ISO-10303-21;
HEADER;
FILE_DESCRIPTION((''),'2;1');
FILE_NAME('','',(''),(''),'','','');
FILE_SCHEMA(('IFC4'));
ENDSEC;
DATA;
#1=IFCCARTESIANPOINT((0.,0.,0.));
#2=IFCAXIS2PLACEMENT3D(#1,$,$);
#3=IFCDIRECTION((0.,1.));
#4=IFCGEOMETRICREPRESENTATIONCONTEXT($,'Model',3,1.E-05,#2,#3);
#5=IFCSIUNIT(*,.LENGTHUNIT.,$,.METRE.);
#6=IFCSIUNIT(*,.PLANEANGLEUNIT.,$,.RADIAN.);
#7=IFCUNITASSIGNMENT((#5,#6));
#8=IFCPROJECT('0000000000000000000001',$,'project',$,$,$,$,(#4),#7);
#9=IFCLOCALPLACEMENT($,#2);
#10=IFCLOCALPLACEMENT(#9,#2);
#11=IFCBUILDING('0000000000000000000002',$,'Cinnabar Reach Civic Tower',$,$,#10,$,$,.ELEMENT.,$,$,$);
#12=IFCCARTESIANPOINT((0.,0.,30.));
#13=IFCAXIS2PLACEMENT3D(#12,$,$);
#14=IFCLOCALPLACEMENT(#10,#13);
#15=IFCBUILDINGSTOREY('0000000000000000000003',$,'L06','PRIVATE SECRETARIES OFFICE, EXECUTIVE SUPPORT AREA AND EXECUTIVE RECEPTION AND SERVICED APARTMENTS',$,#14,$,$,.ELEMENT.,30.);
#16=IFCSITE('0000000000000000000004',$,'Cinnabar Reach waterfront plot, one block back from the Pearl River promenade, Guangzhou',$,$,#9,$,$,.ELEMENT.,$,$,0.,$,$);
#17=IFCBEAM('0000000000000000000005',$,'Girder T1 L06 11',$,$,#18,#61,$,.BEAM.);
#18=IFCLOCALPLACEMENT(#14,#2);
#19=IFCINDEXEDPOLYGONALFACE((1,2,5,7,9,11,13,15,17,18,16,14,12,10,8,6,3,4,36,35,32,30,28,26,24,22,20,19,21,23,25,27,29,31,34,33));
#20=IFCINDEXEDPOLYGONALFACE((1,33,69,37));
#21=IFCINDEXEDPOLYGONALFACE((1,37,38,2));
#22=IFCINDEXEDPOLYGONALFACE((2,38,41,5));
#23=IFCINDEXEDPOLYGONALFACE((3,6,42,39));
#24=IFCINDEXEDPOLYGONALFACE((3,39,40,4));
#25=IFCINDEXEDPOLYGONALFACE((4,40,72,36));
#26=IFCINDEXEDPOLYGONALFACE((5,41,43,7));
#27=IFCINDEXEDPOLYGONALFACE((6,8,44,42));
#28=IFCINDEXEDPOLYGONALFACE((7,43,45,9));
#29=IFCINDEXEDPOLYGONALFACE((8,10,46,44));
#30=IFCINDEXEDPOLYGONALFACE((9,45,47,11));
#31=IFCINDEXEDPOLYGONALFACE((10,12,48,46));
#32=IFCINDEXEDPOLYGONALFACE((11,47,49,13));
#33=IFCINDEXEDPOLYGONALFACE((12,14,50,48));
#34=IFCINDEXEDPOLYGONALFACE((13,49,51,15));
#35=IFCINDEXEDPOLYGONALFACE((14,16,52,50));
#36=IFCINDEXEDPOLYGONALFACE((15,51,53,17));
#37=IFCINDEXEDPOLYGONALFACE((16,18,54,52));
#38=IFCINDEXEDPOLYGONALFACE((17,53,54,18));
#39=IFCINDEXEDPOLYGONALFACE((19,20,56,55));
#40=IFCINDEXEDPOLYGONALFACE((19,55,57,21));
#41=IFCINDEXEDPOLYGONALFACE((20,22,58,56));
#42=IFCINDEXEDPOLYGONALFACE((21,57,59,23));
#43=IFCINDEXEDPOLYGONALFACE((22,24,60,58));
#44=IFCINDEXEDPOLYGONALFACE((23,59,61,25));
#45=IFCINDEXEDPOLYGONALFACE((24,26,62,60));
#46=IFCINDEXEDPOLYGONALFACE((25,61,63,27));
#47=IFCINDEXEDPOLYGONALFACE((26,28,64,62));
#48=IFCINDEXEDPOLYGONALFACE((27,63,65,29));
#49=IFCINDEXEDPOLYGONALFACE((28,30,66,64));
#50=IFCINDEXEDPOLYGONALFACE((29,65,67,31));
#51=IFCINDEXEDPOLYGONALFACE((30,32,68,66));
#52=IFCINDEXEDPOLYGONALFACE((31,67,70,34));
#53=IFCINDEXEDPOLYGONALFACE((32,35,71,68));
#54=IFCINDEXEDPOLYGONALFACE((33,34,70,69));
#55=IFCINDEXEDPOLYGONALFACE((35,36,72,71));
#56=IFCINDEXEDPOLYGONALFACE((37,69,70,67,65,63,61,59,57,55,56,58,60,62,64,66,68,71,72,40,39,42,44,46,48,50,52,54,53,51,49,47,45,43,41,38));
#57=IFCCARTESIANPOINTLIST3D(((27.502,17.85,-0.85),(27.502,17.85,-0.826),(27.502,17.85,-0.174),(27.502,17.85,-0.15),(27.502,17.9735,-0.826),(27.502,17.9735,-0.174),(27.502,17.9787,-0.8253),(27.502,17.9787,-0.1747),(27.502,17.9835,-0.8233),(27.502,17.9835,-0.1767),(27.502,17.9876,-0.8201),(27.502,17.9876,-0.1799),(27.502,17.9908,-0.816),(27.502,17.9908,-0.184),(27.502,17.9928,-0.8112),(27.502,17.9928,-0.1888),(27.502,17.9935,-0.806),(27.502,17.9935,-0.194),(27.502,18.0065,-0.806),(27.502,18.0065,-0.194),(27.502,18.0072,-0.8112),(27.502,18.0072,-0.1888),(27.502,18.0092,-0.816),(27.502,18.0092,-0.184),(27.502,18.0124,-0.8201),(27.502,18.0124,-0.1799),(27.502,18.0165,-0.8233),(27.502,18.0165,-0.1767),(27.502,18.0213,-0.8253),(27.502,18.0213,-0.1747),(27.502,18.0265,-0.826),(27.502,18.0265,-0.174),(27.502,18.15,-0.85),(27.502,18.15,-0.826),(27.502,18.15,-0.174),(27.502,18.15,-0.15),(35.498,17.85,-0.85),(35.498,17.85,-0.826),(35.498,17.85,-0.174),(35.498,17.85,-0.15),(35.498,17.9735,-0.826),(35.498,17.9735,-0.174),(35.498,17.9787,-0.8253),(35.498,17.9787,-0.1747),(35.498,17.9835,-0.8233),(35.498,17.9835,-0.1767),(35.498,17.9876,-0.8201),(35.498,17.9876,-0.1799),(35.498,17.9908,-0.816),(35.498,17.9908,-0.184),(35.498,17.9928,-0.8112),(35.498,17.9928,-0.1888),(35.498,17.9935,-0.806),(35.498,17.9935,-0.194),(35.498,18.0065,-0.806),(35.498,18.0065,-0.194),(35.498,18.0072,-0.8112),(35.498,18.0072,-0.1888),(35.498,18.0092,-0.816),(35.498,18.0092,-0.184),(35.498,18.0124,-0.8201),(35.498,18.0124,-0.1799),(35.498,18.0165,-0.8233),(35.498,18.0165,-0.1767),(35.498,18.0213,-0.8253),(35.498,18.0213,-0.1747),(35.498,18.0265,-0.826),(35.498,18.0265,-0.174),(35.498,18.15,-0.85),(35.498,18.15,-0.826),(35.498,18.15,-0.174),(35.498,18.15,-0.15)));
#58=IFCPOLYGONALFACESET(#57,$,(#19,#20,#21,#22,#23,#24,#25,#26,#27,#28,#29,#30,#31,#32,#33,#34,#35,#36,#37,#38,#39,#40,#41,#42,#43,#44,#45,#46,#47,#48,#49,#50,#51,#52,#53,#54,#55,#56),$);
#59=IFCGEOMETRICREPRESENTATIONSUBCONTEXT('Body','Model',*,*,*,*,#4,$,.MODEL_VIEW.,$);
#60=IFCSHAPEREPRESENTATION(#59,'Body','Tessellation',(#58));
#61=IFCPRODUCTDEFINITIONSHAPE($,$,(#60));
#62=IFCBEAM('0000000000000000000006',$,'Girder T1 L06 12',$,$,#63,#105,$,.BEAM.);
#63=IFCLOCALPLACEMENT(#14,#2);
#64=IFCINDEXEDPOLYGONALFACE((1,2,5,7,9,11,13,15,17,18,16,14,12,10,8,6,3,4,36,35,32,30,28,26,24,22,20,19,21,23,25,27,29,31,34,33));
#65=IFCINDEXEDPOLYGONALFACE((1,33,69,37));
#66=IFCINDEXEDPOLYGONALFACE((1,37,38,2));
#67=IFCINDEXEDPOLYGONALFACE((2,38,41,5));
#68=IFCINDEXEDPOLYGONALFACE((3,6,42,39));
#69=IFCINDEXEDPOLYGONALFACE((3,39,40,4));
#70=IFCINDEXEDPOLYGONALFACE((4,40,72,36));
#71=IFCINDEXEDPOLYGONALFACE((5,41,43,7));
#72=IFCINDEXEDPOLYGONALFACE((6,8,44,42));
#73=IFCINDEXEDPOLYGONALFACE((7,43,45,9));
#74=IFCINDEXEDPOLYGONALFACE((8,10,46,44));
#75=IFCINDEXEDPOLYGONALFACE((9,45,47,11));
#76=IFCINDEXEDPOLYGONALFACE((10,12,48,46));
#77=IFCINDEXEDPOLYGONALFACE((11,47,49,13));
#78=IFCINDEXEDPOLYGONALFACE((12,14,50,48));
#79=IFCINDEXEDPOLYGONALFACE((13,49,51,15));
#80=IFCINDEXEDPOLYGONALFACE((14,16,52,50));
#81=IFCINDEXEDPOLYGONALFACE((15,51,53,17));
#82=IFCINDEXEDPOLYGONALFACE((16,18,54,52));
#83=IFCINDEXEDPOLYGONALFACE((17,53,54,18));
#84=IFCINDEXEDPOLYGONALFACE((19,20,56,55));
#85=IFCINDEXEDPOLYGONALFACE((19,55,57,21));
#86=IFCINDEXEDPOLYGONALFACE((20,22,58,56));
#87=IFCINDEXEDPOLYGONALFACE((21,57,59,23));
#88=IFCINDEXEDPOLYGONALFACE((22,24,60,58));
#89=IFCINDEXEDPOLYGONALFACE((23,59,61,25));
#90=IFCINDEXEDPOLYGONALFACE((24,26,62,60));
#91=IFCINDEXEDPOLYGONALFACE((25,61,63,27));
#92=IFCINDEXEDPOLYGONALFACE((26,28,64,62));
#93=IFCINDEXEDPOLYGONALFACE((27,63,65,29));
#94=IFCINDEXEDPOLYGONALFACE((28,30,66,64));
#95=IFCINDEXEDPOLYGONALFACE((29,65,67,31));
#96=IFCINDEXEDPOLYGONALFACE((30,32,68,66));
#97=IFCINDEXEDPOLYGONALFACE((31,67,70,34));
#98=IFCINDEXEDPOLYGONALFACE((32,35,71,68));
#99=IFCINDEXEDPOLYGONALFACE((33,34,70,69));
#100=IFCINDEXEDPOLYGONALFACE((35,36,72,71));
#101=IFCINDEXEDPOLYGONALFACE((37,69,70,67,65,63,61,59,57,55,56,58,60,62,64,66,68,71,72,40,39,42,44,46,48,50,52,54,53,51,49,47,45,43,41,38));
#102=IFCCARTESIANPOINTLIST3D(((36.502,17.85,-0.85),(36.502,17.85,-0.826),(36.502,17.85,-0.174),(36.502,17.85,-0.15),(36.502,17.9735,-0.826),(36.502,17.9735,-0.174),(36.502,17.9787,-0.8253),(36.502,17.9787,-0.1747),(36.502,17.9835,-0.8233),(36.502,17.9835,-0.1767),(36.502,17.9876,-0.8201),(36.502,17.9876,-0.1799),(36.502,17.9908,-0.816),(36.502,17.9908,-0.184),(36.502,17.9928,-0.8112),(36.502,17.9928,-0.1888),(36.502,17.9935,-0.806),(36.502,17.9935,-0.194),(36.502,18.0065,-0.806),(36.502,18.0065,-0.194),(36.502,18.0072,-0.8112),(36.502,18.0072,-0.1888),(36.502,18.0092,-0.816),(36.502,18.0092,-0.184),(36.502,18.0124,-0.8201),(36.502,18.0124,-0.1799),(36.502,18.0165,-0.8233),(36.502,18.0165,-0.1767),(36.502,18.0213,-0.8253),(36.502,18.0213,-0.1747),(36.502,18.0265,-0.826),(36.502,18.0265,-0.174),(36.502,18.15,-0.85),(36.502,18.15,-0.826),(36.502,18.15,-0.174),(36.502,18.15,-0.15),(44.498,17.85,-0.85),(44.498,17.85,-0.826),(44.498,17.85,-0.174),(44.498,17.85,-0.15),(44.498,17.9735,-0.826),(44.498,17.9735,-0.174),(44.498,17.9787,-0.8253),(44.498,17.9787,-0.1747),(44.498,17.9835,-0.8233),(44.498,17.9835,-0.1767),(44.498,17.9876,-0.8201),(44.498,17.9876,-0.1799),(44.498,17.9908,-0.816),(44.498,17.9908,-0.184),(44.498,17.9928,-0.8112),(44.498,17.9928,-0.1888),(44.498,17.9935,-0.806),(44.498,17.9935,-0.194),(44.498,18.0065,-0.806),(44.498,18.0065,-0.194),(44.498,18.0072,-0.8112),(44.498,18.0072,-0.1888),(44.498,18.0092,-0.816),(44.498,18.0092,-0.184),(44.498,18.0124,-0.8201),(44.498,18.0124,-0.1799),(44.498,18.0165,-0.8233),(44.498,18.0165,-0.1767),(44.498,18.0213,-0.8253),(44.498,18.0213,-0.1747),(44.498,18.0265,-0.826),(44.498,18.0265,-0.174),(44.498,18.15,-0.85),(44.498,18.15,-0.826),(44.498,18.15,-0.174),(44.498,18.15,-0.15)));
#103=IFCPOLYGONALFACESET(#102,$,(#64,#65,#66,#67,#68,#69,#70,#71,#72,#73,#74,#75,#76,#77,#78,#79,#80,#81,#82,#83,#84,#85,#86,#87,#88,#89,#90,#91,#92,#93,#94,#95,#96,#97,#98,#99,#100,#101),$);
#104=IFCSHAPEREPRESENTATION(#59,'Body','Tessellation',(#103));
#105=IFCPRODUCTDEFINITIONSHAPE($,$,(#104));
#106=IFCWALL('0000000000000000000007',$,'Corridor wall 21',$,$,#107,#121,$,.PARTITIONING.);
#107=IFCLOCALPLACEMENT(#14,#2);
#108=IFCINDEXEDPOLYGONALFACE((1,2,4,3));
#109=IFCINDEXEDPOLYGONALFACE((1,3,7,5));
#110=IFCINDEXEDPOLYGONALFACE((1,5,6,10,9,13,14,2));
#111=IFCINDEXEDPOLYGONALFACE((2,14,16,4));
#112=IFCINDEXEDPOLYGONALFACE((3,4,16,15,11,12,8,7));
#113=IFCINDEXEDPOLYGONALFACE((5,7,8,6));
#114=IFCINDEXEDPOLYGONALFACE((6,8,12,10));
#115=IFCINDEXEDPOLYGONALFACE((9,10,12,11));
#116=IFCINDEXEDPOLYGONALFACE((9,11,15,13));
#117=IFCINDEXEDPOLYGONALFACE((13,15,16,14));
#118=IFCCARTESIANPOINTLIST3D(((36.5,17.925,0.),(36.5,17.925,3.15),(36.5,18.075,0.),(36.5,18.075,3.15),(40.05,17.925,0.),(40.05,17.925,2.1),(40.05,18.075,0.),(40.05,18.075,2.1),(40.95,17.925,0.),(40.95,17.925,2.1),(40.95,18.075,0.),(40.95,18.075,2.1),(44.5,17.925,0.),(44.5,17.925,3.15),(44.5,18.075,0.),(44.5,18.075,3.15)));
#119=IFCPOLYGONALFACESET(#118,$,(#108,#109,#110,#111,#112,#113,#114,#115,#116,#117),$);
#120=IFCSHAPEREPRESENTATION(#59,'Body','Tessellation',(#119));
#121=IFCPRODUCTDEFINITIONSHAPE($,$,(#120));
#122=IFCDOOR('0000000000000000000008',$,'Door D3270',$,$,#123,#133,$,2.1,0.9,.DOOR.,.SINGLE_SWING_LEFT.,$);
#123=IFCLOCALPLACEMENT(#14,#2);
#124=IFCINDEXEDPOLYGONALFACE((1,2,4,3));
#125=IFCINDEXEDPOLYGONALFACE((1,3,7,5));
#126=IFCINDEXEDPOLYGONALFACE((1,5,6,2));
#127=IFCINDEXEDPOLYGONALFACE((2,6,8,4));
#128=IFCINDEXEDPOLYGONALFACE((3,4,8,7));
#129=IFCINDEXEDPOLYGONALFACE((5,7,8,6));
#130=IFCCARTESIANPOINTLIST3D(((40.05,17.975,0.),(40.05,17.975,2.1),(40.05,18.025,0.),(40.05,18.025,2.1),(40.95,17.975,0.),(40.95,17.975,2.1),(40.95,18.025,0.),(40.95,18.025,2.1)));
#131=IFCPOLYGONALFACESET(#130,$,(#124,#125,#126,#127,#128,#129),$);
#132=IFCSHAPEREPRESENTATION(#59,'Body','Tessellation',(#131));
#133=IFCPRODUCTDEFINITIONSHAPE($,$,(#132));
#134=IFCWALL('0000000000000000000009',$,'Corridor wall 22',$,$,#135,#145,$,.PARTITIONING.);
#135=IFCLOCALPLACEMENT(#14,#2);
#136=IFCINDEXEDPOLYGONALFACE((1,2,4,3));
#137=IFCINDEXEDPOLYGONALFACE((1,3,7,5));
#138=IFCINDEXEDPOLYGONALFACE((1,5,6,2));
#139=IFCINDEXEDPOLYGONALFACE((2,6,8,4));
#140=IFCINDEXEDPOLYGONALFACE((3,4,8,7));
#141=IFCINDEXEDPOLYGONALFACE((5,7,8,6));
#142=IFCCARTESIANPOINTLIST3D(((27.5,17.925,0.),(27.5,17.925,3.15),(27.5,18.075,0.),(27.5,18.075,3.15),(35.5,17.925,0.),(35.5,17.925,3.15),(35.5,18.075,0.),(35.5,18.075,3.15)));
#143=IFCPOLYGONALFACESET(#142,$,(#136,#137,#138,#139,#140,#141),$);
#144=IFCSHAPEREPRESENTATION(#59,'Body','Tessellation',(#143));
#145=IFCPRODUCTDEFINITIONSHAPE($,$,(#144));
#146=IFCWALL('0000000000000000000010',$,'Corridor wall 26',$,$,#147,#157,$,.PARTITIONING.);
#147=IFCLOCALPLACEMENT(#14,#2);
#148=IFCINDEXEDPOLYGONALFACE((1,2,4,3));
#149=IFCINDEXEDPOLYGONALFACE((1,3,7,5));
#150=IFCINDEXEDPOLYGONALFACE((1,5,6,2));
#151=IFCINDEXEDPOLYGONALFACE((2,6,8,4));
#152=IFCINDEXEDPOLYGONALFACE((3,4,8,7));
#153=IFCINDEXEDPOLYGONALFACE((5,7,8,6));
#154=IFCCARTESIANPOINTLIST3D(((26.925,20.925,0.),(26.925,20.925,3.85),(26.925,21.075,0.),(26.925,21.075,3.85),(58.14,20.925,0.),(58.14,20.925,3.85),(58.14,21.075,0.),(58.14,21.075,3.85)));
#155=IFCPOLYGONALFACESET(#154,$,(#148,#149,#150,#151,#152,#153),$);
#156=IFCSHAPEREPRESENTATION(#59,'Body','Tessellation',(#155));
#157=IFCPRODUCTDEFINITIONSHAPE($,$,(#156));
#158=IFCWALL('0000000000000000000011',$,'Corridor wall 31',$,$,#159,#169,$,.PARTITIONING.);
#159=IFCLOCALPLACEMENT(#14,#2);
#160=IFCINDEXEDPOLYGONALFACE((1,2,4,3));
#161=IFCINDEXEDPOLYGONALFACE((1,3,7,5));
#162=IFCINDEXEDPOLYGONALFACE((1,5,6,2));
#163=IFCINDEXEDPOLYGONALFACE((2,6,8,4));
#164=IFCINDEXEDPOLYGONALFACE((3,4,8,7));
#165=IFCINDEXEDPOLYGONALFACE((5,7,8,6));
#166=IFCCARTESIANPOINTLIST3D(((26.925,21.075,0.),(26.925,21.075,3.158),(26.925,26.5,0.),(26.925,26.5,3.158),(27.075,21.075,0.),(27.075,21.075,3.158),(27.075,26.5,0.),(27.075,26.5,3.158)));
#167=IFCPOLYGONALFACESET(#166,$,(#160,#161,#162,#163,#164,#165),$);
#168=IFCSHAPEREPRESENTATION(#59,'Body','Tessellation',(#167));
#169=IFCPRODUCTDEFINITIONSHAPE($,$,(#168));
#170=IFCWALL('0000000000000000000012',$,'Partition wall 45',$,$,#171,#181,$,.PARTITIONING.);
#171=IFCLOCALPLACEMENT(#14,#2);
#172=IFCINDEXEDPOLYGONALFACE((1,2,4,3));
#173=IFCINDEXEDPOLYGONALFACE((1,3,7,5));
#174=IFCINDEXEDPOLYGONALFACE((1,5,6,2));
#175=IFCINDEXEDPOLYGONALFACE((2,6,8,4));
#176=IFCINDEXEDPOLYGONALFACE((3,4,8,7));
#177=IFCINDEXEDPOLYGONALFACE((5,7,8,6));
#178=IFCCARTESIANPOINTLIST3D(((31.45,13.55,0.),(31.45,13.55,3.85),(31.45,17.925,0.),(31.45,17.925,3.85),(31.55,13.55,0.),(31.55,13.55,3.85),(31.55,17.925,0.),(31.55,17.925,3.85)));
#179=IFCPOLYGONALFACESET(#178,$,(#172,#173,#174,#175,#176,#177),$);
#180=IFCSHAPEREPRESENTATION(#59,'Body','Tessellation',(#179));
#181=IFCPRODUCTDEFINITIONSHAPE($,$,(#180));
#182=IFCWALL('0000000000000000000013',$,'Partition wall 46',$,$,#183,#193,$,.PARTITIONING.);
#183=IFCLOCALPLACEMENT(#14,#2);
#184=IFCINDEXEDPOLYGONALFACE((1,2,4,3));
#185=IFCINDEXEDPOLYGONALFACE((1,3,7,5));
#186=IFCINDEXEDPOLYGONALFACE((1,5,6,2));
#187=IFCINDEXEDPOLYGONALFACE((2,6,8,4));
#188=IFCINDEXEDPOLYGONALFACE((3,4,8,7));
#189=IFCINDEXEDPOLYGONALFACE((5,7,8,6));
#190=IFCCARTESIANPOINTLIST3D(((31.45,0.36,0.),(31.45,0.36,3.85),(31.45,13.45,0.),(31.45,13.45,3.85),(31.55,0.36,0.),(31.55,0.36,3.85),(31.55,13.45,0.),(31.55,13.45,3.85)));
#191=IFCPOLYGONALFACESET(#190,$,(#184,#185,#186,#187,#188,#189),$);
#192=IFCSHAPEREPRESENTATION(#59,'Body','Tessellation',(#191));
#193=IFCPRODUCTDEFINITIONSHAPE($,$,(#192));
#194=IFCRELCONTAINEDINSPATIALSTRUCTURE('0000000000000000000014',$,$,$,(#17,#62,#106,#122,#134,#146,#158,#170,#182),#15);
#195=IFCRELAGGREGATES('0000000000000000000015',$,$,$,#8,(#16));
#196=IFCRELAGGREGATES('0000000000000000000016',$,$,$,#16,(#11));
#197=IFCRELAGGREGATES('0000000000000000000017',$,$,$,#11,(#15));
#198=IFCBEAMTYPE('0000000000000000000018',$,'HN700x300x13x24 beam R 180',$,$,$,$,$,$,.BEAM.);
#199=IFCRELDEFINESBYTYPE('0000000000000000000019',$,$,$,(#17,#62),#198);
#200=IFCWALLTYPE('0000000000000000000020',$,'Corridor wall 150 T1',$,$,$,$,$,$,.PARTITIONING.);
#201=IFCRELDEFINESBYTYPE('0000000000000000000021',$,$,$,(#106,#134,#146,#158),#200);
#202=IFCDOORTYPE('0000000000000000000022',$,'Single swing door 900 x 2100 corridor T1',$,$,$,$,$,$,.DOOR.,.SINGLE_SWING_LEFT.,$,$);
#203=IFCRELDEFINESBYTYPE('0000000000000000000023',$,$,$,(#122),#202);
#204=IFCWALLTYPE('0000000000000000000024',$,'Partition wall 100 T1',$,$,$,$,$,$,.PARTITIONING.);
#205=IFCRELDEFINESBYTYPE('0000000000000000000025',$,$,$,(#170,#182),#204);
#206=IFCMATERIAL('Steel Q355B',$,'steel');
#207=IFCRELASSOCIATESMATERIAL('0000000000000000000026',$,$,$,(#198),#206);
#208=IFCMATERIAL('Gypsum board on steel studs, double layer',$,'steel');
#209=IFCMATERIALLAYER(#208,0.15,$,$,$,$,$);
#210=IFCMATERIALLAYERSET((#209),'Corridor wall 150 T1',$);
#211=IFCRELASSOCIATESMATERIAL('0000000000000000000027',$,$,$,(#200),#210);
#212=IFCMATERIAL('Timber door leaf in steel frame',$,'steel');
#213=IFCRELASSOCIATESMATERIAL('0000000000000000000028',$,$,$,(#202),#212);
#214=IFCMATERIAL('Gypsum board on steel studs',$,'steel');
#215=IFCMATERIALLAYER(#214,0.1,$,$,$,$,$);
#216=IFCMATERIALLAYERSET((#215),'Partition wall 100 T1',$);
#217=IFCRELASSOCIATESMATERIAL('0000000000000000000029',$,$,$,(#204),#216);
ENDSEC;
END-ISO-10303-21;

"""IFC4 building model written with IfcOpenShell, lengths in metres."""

from ifc_helpers import new_model, si_unit, direction, frame, frame_2d, origin, origin_2d, place, context, subcontext, project, spatial, rectangle, i_section, extrude, material, layer, layer_set, material_profile, profile_set, type_object, element, fill, save


model = new_model("IFC4")

# Units and contexts
model_context = context("Model", 3, precision=1e-05, world=origin(), true_north=direction((0.0, 1.0)))
body_context = subcontext(model_context, "Body", "Model", "MODEL_VIEW")
ifc_project = project(units=[si_unit("LENGTHUNIT", "METRE"), si_unit("PLANEANGLEUNIT", "RADIAN")], contexts=[model_context])

# Site, building, storey
site_placement = place(None, origin())
site = spatial("IfcSite", under=ifc_project, at=site_placement, Name="Cinnabar Reach waterfront plot, one block back from the Pearl River promenade, Guangzhou", CompositionType="ELEMENT", RefElevation=0.0)
building_placement = place(site_placement, origin())
building = spatial("IfcBuilding", under=site, at=building_placement, Name="Cinnabar Reach Civic Tower", CompositionType="ELEMENT")
storey_placement = place(building_placement, frame((0.0, 0.0, 30.0)))
storey = spatial("IfcBuildingStorey", under=building, at=storey_placement, Name="L06", Description="PRIVATE SECRETARIES OFFICE, EXECUTIVE SUPPORT AREA AND EXECUTIVE RECEPTION AND SERVICED APARTMENTS", CompositionType="ELEMENT", Elevation=30.0)

# Beams
ifc_material_1 = material(Name="Steel Q355B", Category="steel")
ifc_material_profile_1 = material_profile(ifc_material_1, i_section(OverallWidth=0.3, OverallDepth=0.7, WebThickness=0.013, FlangeThickness=0.024, FilletRadius=0.02, at=origin_2d()), Name="HN700x300x13x24")
ifc_profile_set_1 = profile_set([ifc_material_profile_1], Name="Steel Q355B")
beam_type_1 = type_object("IfcBeamType", Name="HN700x300x13x24 beam R 180", PredefinedType="BEAM", material=ifc_profile_set_1)
for number, where, z_axis, x_axis, name in (
    (1, (27.502, 18.0, -0.5), (1.0, 0.0, 0.0), (0.0, 1.0, 0.0), "Girder T1 L06 11"),
    (2, (36.502, 18.0, -0.5), (1.0, 0.0, 0.0), (0.0, 1.0, 0.0), "Girder T1 L06 12"),
):
    element("IfcBeam", number, at=place(storey_placement, frame(where, z_axis=z_axis, x_axis=x_axis)), inside=storey, type_object=beam_type_1, Name=name, PredefinedType="BEAM", context=body_context, shape_type="SweptSolid", body=[
        extrude(i_section(OverallWidth=0.3, OverallDepth=0.7, WebThickness=0.013, FlangeThickness=0.024, FilletRadius=0.02, at=origin_2d()), origin(), (0.0, 0.0, 1.0), 7.996),
    ])

# Wall, opening, door
ifc_material_2 = material(Name="Gypsum board on steel studs, double layer", Category="steel")
ifc_layer_1 = layer(ifc_material_2, 0.15)
ifc_layer_set_1 = layer_set([ifc_layer_1], Name="Corridor wall 150 T1")
wall_type_1 = type_object("IfcWallType", Name="Corridor wall 150 T1", PredefinedType="PARTITIONING", material=ifc_layer_set_1)
wall_1_placement = place(storey_placement, frame((36.5, 18.0, 0.0), z_axis=(0.0, 0.0, 1.0), x_axis=(1.0, 0.0, 0.0)))
wall_1 = element("IfcWall", 3, at=wall_1_placement, inside=storey, type_object=wall_type_1, Name="Corridor wall 21", PredefinedType="PARTITIONING", context=body_context, shape_type="SweptSolid", body=[
    extrude(rectangle(XDim=8.0, YDim=0.15, at=frame_2d((4.0, 0.0))), origin(), (0.0, 0.0, 1.0), 3.15),
])
opening_placement = place(wall_1_placement, frame((3.55, 0.0, 0.0)))
opening = element("IfcOpeningElement", 4, at=opening_placement, cuts=wall_1, PredefinedType="OPENING", context=body_context, shape_type="SweptSolid", body=[
    extrude(rectangle(XDim=0.9, YDim=2.1, at=frame_2d((0.45, 1.05))), frame((0.0, 0.085, 0.0), z_axis=(0.0, -1.0, 0.0), x_axis=(1.0, 0.0, 0.0)), (0.0, 0.0, 1.0), 0.17),
])
ifc_material_3 = material(Name="Timber door leaf in steel frame", Category="steel")
door_type = type_object("IfcDoorType", Name="Single swing door 900 x 2100 corridor T1", OperationType="SINGLE_SWING_LEFT", PredefinedType="DOOR", material=ifc_material_3)
door_placement = place(opening_placement, frame((0.9, 0.0, 0.0), z_axis=(0.0, 0.0, 1.0), x_axis=(-1.0, 0.0, 0.0)))
door = element("IfcDoor", 5, at=door_placement, inside=storey, type_object=door_type, Name="Door D3270", OperationType="SINGLE_SWING_LEFT", OverallHeight=2.1, OverallWidth=0.9, PredefinedType="DOOR", context=body_context, shape_type="SweptSolid", body=[
    extrude(rectangle(XDim=0.9, YDim=2.1, at=frame_2d((0.45, 1.05))), frame((0.0, 0.025, 0.0), z_axis=(0.0, -1.0, 0.0), x_axis=(1.0, 0.0, 0.0)), (0.0, 0.0, 1.0), 0.05),
])
fill(opening, door)

# Walls
wall_2_placement = place(storey_placement, frame((27.5, 18.0, 0.0), z_axis=(0.0, 0.0, 1.0), x_axis=(1.0, 0.0, 0.0)))
element("IfcWall", 6, at=wall_2_placement, inside=storey, type_object=wall_type_1, Name="Corridor wall 22", PredefinedType="PARTITIONING", context=body_context, shape_type="SweptSolid", body=[
    extrude(rectangle(XDim=8.0, YDim=0.15, at=frame_2d((4.0, 0.0))), origin(), (0.0, 0.0, 1.0), 3.15),
])
wall_3_placement = place(storey_placement, frame((26.925, 21.0, 0.0), z_axis=(0.0, 0.0, 1.0), x_axis=(1.0, 0.0, 0.0)))
element("IfcWall", 7, at=wall_3_placement, inside=storey, type_object=wall_type_1, Name="Corridor wall 26", PredefinedType="PARTITIONING", context=body_context, shape_type="SweptSolid", body=[
    extrude(rectangle(XDim=31.215, YDim=0.15, at=frame_2d((15.6075, 0.0))), origin(), (0.0, 0.0, 1.0), 3.85),
])
wall_4_placement = place(storey_placement, frame((27.0, 21.075, 0.0), z_axis=(0.0, 0.0, 1.0), x_axis=(0.0, 1.0, 0.0)))
element("IfcWall", 8, at=wall_4_placement, inside=storey, type_object=wall_type_1, Name="Corridor wall 31", PredefinedType="PARTITIONING", context=body_context, shape_type="SweptSolid", body=[
    extrude(rectangle(XDim=5.425, YDim=0.15, at=frame_2d((2.7125, 0.0))), origin(), (0.0, 0.0, 1.0), 3.158),
])
ifc_material_4 = material(Name="Gypsum board on steel studs", Category="steel")
ifc_layer_2 = layer(ifc_material_4, 0.1)
ifc_layer_set_2 = layer_set([ifc_layer_2], Name="Partition wall 100 T1")
wall_type_2 = type_object("IfcWallType", Name="Partition wall 100 T1", PredefinedType="PARTITIONING", material=ifc_layer_set_2)
wall_5_placement = place(storey_placement, frame((31.5, 13.55, 0.0), z_axis=(0.0, 0.0, 1.0), x_axis=(0.0, 1.0, 0.0)))
element("IfcWall", 9, at=wall_5_placement, inside=storey, type_object=wall_type_2, Name="Partition wall 45", PredefinedType="PARTITIONING", context=body_context, shape_type="SweptSolid", body=[
    extrude(rectangle(XDim=4.375, YDim=0.1, at=frame_2d((2.1875, 0.0))), origin(), (0.0, 0.0, 1.0), 3.85),
])
wall_6_placement = place(storey_placement, frame((31.5, 0.36, 0.0), z_axis=(0.0, 0.0, 1.0), x_axis=(0.0, 1.0, 0.0)))
element("IfcWall", 10, at=wall_6_placement, inside=storey, type_object=wall_type_2, Name="Partition wall 46", PredefinedType="PARTITIONING", context=body_context, shape_type="SweptSolid", body=[
    extrude(rectangle(XDim=13.09, YDim=0.1, at=frame_2d((6.545, 0.0))), origin(), (0.0, 0.0, 1.0), 3.85),
])

save(model, "model.ifc")
